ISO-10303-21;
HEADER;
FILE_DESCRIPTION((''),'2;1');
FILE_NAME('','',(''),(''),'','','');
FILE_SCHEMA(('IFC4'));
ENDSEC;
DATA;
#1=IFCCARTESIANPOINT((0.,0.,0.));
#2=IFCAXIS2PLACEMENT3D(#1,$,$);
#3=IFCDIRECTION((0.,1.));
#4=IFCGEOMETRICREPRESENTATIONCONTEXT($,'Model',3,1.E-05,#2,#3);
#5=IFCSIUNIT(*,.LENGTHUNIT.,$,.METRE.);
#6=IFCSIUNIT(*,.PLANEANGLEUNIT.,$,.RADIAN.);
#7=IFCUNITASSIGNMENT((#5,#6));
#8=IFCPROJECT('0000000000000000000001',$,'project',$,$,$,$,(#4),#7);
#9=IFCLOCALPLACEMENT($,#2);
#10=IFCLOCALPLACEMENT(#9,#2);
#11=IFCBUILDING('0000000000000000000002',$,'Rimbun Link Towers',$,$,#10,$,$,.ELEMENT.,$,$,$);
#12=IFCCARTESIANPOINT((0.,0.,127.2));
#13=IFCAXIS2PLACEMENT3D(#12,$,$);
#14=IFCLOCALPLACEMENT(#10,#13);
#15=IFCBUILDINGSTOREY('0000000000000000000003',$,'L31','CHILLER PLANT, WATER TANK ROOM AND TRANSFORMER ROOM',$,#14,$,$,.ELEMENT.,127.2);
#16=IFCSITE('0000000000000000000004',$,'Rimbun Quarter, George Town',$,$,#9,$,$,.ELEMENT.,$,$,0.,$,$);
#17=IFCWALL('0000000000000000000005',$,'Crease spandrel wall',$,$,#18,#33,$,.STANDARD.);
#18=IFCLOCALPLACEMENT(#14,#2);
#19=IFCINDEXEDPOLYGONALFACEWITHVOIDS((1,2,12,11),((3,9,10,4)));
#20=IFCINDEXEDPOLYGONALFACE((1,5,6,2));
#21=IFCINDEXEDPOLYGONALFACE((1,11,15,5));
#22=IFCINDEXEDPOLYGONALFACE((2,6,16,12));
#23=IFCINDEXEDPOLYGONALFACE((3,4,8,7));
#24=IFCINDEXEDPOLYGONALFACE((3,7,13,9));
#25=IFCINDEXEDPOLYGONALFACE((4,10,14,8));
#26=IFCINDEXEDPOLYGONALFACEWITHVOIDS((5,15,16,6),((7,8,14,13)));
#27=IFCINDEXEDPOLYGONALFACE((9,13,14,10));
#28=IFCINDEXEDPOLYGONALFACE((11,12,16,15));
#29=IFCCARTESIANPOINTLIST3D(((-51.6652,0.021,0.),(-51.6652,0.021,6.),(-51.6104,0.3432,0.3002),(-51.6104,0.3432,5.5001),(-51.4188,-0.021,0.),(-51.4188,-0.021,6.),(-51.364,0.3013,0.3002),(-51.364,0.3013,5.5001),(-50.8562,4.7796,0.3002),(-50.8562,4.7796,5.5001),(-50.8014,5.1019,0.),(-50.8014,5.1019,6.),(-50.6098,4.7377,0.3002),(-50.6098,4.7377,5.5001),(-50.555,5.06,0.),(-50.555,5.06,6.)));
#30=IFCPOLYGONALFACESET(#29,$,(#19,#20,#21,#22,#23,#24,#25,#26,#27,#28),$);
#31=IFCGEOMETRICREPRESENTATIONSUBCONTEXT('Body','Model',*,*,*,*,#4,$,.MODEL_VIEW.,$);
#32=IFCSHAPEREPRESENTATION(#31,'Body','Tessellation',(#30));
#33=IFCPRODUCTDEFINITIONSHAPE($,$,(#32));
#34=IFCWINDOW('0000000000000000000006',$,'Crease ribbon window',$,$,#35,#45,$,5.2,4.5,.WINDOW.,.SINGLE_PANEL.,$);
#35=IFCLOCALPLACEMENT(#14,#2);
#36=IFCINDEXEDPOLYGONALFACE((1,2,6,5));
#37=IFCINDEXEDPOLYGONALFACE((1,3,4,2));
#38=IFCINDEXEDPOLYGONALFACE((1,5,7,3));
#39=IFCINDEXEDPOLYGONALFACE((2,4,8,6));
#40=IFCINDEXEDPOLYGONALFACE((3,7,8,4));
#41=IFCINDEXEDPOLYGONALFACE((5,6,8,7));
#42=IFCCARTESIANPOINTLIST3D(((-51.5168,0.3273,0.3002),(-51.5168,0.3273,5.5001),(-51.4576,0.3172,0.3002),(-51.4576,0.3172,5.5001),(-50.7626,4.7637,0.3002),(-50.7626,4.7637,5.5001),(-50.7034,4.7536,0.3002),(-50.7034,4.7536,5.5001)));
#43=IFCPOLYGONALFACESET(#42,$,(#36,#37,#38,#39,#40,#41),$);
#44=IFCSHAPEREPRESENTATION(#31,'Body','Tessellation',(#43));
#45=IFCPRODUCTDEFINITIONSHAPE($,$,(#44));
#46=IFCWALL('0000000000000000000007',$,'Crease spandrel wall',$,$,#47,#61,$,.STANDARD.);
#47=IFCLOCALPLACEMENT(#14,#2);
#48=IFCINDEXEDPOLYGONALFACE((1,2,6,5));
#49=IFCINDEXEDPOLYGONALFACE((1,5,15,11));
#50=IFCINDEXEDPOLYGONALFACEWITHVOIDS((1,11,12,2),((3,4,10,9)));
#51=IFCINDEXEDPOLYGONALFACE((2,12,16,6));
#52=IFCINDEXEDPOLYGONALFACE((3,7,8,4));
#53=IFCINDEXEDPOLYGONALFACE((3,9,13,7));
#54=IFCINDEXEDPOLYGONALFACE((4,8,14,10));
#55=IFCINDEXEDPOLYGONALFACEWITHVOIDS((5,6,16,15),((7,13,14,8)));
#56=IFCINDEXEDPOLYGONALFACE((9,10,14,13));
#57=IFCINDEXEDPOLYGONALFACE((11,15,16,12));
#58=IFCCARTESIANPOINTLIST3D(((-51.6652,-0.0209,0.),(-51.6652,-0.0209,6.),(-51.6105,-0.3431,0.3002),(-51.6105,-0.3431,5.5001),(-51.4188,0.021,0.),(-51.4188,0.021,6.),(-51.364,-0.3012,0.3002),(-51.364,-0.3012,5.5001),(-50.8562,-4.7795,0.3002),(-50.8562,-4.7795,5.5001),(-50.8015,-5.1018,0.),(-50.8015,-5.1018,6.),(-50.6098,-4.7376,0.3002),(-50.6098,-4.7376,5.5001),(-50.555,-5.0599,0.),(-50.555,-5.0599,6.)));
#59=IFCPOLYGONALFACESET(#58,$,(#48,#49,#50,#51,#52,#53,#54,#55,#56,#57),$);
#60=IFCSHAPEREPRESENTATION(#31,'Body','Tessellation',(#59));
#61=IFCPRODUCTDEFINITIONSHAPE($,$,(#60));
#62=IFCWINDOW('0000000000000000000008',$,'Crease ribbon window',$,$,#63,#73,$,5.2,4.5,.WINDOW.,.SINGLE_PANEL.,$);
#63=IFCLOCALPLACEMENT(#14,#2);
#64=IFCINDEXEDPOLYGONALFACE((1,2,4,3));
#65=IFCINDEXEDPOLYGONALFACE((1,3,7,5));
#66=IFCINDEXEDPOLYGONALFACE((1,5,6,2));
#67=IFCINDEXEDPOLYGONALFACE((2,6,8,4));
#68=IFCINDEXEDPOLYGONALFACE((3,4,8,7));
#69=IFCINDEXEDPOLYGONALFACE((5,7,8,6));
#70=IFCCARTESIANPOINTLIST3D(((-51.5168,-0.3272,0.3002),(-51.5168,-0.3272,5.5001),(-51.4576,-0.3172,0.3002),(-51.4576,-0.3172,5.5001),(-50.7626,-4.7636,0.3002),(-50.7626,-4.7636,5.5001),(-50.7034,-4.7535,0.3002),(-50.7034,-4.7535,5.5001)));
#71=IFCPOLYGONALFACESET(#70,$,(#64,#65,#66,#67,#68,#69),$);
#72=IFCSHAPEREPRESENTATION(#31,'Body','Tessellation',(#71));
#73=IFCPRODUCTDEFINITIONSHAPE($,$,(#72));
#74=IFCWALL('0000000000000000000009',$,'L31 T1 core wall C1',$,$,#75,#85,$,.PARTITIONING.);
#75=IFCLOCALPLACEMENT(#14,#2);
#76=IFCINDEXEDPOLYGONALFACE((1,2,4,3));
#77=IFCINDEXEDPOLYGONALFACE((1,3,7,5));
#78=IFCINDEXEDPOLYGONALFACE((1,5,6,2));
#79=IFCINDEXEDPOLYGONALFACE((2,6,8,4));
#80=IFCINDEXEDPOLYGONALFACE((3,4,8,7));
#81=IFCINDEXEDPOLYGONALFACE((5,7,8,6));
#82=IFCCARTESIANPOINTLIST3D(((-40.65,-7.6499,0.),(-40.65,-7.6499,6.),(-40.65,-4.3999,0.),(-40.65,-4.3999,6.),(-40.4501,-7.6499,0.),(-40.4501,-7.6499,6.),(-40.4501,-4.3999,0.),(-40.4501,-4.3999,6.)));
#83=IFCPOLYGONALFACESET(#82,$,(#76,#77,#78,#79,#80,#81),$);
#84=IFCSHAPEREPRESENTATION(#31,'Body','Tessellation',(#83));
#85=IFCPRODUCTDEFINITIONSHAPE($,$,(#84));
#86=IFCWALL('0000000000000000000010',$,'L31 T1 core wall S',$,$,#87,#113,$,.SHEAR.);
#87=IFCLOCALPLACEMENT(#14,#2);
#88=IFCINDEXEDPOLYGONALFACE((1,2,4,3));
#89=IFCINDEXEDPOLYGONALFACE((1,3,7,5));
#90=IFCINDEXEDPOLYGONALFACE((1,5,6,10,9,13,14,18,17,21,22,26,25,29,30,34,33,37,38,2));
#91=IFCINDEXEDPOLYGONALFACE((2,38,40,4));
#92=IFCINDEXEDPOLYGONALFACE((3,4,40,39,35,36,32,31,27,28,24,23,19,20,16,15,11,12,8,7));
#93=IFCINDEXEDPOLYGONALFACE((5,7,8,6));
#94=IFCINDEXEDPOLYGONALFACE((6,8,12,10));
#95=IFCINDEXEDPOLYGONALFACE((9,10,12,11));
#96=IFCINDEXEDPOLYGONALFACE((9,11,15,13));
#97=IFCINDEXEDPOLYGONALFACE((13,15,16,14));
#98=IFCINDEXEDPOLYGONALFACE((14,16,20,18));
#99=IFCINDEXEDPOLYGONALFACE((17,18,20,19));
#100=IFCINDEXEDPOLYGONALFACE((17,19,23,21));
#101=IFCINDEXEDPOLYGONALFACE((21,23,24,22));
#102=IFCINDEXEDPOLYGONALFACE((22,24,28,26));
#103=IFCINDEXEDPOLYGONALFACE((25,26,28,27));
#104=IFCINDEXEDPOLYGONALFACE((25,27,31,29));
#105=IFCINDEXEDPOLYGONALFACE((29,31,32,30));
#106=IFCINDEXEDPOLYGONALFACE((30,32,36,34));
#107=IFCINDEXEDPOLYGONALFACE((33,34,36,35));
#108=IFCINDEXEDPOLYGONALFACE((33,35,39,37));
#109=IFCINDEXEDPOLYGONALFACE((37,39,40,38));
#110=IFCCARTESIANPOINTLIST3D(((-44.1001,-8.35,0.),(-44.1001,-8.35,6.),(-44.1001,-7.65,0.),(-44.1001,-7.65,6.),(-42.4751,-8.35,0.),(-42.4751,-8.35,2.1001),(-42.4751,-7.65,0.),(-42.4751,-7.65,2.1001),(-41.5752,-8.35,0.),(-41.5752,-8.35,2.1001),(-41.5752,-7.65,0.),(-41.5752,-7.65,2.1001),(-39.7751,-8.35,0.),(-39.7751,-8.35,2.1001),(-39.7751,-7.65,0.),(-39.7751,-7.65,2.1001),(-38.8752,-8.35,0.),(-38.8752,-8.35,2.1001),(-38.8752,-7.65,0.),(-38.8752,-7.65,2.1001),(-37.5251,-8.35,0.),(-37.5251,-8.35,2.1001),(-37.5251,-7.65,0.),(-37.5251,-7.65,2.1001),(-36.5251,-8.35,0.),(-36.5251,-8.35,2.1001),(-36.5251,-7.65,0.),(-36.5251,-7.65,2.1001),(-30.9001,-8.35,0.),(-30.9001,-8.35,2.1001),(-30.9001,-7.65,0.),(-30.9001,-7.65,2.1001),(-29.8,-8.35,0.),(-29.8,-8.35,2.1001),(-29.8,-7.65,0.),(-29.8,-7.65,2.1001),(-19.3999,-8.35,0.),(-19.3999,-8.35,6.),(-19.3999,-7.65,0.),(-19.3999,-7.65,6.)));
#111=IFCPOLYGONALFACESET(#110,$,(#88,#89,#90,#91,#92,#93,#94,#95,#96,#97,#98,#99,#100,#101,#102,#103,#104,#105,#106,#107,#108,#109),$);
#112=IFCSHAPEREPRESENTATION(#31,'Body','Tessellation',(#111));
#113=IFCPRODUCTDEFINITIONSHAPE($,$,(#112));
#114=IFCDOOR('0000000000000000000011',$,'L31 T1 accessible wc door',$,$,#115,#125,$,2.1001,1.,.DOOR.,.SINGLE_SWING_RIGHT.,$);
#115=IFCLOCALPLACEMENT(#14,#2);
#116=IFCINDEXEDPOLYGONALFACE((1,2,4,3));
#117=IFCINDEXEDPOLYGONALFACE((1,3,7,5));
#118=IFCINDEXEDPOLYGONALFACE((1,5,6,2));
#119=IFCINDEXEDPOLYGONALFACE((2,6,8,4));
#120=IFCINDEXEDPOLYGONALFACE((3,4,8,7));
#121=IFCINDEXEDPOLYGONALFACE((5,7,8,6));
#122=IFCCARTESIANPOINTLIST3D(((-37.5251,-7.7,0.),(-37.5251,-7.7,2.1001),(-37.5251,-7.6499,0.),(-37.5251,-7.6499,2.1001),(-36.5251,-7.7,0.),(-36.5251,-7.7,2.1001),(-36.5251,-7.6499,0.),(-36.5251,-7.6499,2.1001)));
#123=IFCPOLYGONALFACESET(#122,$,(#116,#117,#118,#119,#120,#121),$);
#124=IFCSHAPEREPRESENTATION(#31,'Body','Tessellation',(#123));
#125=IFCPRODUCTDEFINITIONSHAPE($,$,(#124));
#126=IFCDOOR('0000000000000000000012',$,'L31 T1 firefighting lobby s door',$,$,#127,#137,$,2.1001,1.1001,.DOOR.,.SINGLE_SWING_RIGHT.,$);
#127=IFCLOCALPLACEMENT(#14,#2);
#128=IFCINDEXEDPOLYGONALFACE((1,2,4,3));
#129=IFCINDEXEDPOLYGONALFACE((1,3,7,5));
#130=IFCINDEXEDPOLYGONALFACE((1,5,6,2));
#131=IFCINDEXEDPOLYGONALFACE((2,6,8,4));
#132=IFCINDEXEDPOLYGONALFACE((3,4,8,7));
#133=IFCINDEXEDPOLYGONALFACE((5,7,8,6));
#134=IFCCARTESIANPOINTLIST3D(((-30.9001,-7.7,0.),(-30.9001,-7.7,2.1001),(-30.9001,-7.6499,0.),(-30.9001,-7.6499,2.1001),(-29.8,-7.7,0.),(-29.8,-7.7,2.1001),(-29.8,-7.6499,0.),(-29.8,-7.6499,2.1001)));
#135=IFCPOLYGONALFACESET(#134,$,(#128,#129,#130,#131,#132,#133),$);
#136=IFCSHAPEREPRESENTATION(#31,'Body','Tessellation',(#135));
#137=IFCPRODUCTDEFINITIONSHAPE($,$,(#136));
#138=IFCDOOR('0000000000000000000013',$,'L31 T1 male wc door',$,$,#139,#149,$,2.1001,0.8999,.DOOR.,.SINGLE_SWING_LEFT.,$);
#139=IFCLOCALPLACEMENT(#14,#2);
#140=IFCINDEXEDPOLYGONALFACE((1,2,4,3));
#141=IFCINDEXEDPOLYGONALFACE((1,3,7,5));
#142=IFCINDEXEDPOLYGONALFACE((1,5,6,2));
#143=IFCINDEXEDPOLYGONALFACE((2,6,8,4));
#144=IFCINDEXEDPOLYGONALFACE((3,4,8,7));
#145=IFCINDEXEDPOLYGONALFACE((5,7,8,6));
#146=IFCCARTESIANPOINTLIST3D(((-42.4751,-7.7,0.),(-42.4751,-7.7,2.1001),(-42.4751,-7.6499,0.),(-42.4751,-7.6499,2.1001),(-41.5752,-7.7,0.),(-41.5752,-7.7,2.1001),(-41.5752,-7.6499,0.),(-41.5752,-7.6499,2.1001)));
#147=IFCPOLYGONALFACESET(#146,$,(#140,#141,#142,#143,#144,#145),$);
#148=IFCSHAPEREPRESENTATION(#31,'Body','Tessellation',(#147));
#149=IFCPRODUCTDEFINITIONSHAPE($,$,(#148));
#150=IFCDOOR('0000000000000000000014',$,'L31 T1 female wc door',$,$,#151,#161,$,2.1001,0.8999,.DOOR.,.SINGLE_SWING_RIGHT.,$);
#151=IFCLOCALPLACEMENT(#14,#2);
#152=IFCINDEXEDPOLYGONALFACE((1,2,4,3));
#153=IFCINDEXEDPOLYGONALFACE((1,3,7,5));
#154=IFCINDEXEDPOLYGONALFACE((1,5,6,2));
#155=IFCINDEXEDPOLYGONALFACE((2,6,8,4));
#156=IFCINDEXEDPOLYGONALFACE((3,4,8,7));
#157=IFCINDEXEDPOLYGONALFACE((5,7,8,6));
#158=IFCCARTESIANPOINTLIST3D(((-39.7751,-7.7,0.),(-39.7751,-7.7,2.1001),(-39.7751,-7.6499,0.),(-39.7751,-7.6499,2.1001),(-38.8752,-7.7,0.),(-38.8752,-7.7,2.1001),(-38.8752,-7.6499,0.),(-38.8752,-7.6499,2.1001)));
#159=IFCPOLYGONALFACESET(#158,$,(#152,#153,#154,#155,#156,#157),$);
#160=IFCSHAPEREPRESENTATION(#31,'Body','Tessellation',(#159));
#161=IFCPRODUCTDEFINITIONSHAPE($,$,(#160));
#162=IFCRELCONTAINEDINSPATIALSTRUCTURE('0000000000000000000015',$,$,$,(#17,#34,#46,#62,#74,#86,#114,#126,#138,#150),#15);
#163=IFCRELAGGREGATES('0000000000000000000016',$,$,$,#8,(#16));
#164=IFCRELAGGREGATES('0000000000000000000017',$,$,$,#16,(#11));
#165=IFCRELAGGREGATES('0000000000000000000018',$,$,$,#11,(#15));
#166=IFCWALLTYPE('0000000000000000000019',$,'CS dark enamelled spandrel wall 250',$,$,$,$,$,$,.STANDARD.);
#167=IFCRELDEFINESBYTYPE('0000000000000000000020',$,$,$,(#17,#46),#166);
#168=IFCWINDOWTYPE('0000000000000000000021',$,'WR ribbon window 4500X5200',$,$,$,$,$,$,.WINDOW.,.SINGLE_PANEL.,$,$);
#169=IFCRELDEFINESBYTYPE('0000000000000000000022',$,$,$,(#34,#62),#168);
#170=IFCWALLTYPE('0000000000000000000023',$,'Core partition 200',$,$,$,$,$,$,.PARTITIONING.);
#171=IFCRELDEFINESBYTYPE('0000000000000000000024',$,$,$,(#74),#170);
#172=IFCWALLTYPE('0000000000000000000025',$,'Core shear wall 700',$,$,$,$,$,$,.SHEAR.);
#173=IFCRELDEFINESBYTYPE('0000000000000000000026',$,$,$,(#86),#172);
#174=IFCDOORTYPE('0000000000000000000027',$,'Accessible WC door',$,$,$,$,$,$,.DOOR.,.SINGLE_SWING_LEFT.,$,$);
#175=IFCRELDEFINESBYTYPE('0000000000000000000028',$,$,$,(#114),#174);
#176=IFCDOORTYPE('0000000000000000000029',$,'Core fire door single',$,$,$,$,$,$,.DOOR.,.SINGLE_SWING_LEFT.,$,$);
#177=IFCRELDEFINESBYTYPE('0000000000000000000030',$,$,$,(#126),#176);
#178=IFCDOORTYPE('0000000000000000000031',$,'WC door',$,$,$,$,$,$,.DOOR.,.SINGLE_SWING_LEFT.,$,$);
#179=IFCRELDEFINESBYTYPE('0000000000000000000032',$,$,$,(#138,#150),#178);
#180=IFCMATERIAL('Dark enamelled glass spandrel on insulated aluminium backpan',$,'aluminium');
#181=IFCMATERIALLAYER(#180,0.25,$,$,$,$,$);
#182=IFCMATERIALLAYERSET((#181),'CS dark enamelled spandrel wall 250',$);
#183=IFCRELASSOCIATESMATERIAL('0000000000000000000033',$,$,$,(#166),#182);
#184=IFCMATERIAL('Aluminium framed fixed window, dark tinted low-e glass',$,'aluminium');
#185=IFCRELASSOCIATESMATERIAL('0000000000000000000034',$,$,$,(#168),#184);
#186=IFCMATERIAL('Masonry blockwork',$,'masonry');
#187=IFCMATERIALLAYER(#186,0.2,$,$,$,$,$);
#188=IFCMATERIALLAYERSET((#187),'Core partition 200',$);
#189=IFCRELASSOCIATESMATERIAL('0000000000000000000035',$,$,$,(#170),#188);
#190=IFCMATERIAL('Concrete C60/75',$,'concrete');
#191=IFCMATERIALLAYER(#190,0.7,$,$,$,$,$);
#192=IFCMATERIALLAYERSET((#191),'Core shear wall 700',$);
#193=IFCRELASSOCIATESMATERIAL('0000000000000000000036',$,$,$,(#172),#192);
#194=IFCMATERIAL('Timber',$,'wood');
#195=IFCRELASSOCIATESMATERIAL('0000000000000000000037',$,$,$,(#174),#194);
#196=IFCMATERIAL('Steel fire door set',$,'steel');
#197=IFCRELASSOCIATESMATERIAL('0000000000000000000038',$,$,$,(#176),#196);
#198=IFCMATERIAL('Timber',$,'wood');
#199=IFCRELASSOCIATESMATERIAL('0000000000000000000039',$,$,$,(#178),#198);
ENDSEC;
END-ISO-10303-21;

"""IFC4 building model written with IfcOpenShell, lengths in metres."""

from ifc_helpers import new_model, si_unit, direction, frame, frame_2d, origin, place, context, subcontext, project, spatial, rectangle, extrude, material, layer, layer_set, type_object, element, fill, save


model = new_model("IFC4")

# Units and contexts
model_context = context("Model", 3, precision=1e-05, world=origin(), true_north=direction((0.0, 1.0)))
body_context = subcontext(model_context, "Body", "Model", "MODEL_VIEW")
ifc_project = project(units=[si_unit("LENGTHUNIT", "METRE"), si_unit("PLANEANGLEUNIT", "RADIAN")], contexts=[model_context])

# Site, building, storey
site_placement = place(None, origin())
site = spatial("IfcSite", under=ifc_project, at=site_placement, Name="Rimbun Quarter, George Town", CompositionType="ELEMENT", RefElevation=0.0)
building_placement = place(site_placement, origin())
building = spatial("IfcBuilding", under=site, at=building_placement, Name="Rimbun Link Towers", CompositionType="ELEMENT")
storey_placement = place(building_placement, frame((0.0, 0.0, 127.2)))
storey = spatial("IfcBuildingStorey", under=building, at=storey_placement, Name="L31", Description="CHILLER PLANT, WATER TANK ROOM AND TRANSFORMER ROOM", CompositionType="ELEMENT", Elevation=127.2)

# Walls, openings, windows
ifc_material_1 = material(Name="Dark enamelled glass spandrel on insulated aluminium backpan", Category="aluminium")
ifc_layer_1 = layer(ifc_material_1, 0.25)
ifc_layer_set_1 = layer_set([ifc_layer_1], Name="CS dark enamelled spandrel wall 250")
wall_type_1 = type_object("IfcWallType", Name="CS dark enamelled spandrel wall 250", PredefinedType="STANDARD", material=ifc_layer_set_1)
wall_1_placement = place(storey_placement, frame((-51.542, 0.0, 0.0), z_axis=(0.0, 0.0, 1.0), x_axis=(0.167601, 0.985855, 0.0)))
wall_1 = element("IfcWall", 1, at=wall_1_placement, inside=storey, type_object=wall_type_1, Name="Crease spandrel wall", PredefinedType="STANDARD", context=body_context, shape_type="SweptSolid", body=[
    extrude(rectangle(XDim=5.1538, YDim=0.25, at=frame_2d((2.5769, 0.0))), origin(), (0.0, 0.0, 1.0), 6.0),
])
opening_1_placement = place(wall_1_placement, frame((0.3269, 0.0, 0.3)))
opening_1 = element("IfcOpeningElement", 2, at=opening_1_placement, cuts=wall_1, PredefinedType="OPENING", context=body_context, shape_type="SweptSolid", body=[
    extrude(rectangle(XDim=4.5, YDim=5.2, at=frame_2d((2.25, 2.6001))), frame((0.0, 0.135, 0.0), z_axis=(0.0, -1.0, 0.0), x_axis=(1.0, 0.0, 0.0)), (0.0, 0.0, 1.0), 0.27),
])
ifc_material_2 = material(Name="Aluminium framed fixed window, dark tinted low-e glass", Category="aluminium")
window_type = type_object("IfcWindowType", Name="WR ribbon window 4500X5200", PartitioningType="SINGLE_PANEL", PredefinedType="WINDOW", material=ifc_material_2)
window_1_placement = place(opening_1_placement, origin())
window_1 = element("IfcWindow", 3, at=window_1_placement, inside=storey, type_object=window_type, Name="Crease ribbon window", OverallHeight=5.2, OverallWidth=4.5, PartitioningType="SINGLE_PANEL", PredefinedType="WINDOW", context=body_context, shape_type="SweptSolid", body=[
    extrude(rectangle(XDim=4.5, YDim=5.2, at=frame_2d((2.25, 2.6001))), frame((0.0, 0.03, 0.0), z_axis=(0.0, -1.0, 0.0), x_axis=(1.0, 0.0, 0.0)), (0.0, 0.0, 1.0), 0.0601),
])
fill(opening_1, window_1)
wall_2_placement = place(storey_placement, frame((-50.6782, -5.0808, 0.0), z_axis=(0.0, 0.0, 1.0), x_axis=(-0.167601, 0.985855, 0.0)))
wall_2 = element("IfcWall", 4, at=wall_2_placement, inside=storey, type_object=wall_type_1, Name="Crease spandrel wall", PredefinedType="STANDARD", context=body_context, shape_type="SweptSolid", body=[
    extrude(rectangle(XDim=5.1538, YDim=0.25, at=frame_2d((2.5769, 0.0))), origin(), (0.0, 0.0, 1.0), 6.0),
])
opening_2_placement = place(wall_2_placement, frame((0.3269, 0.0, 0.3)))
opening_2 = element("IfcOpeningElement", 5, at=opening_2_placement, cuts=wall_2, PredefinedType="OPENING", context=body_context, shape_type="SweptSolid", body=[
    extrude(rectangle(XDim=4.5, YDim=5.2, at=frame_2d((2.25, 2.6001))), frame((0.0, 0.135, 0.0), z_axis=(0.0, -1.0, 0.0), x_axis=(1.0, 0.0, 0.0)), (0.0, 0.0, 1.0), 0.27),
])
window_2_placement = place(opening_2_placement, origin())
window_2 = element("IfcWindow", 6, at=window_2_placement, inside=storey, type_object=window_type, Name="Crease ribbon window", OverallHeight=5.2, OverallWidth=4.5, PartitioningType="SINGLE_PANEL", PredefinedType="WINDOW", context=body_context, shape_type="SweptSolid", body=[
    extrude(rectangle(XDim=4.5, YDim=5.2, at=frame_2d((2.25, 2.6001))), frame((0.0, 0.03, 0.0), z_axis=(0.0, -1.0, 0.0), x_axis=(1.0, 0.0, 0.0)), (0.0, 0.0, 1.0), 0.0601),
])
fill(opening_2, window_2)

# Wall
ifc_material_3 = material(Name="Masonry blockwork", Category="masonry")
ifc_layer_2 = layer(ifc_material_3, 0.2)
ifc_layer_set_2 = layer_set([ifc_layer_2], Name="Core partition 200")
wall_type_2 = type_object("IfcWallType", Name="Core partition 200", PredefinedType="PARTITIONING", material=ifc_layer_set_2)
wall_3_placement = place(storey_placement, frame((-40.55, -4.3999, 0.0), z_axis=(0.0, 0.0, 1.0), x_axis=(0.0, -1.0, 0.0)))
element("IfcWall", 7, at=wall_3_placement, inside=storey, type_object=wall_type_2, Name="L31 T1 core wall C1", PredefinedType="PARTITIONING", context=body_context, shape_type="SweptSolid", body=[
    extrude(rectangle(XDim=3.25, YDim=0.2, at=frame_2d((1.625, 0.0))), origin(), (0.0, 0.0, 1.0), 6.0),
])

# Wall, openings, doors
ifc_material_4 = material(Name="Concrete C60/75", Category="concrete")
ifc_layer_3 = layer(ifc_material_4, 0.7)
ifc_layer_set_3 = layer_set([ifc_layer_3], Name="Core shear wall 700")
wall_type_3 = type_object("IfcWallType", Name="Core shear wall 700", PredefinedType="SHEAR", material=ifc_layer_set_3)
wall_4_placement = place(storey_placement, frame((-44.1001, -8.0, 0.0), z_axis=(0.0, 0.0, 1.0), x_axis=(1.0, 0.0, 0.0)))
wall_4 = element("IfcWall", 8, at=wall_4_placement, inside=storey, type_object=wall_type_3, Name="L31 T1 core wall S", PredefinedType="SHEAR", context=body_context, shape_type="SweptSolid", body=[
    extrude(rectangle(XDim=24.7002, YDim=0.7, at=frame_2d((12.3501, 0.0))), origin(), (0.0, 0.0, 1.0), 6.0),
])
opening_3_placement = place(wall_4_placement, frame((13.2, 0.0, 0.0)))
opening_3 = element("IfcOpeningElement", 9, at=opening_3_placement, cuts=wall_4, PredefinedType="OPENING", context=body_context, shape_type="SweptSolid", body=[
    extrude(rectangle(XDim=1.1001, YDim=2.1001, at=frame_2d((0.55, 1.05))), frame((0.0, 0.3599, 0.0), z_axis=(0.0, -1.0, 0.0), x_axis=(1.0, 0.0, 0.0)), (0.0, 0.0, 1.0), 0.72),
])
opening_4_placement = place(wall_4_placement, frame((1.625, 0.0, 0.0)))
opening_4 = element("IfcOpeningElement", 10, at=opening_4_placement, cuts=wall_4, PredefinedType="OPENING", context=body_context, shape_type="SweptSolid", body=[
    extrude(rectangle(XDim=0.8999, YDim=2.1001, at=frame_2d((0.45, 1.05))), frame((0.0, 0.3599, 0.0), z_axis=(0.0, -1.0, 0.0), x_axis=(1.0, 0.0, 0.0)), (0.0, 0.0, 1.0), 0.72),
])
opening_5_placement = place(wall_4_placement, frame((4.325, 0.0, 0.0)))
opening_5 = element("IfcOpeningElement", 11, at=opening_5_placement, cuts=wall_4, PredefinedType="OPENING", context=body_context, shape_type="SweptSolid", body=[
    extrude(rectangle(XDim=0.8999, YDim=2.1001, at=frame_2d((0.45, 1.05))), frame((0.0, 0.3599, 0.0), z_axis=(0.0, -1.0, 0.0), x_axis=(1.0, 0.0, 0.0)), (0.0, 0.0, 1.0), 0.72),
])
opening_6_placement = place(wall_4_placement, frame((6.575, 0.0, 0.0)))
opening_6 = element("IfcOpeningElement", 12, at=opening_6_placement, cuts=wall_4, PredefinedType="OPENING", context=body_context, shape_type="SweptSolid", body=[
    extrude(rectangle(XDim=1.0, YDim=2.1001, at=frame_2d((0.5, 1.05))), frame((0.0, 0.3599, 0.0), z_axis=(0.0, -1.0, 0.0), x_axis=(1.0, 0.0, 0.0)), (0.0, 0.0, 1.0), 0.72),
])
ifc_material_5 = material(Name="Timber", Category="wood")
door_type_1 = type_object("IfcDoorType", Name="Accessible WC door", OperationType="SINGLE_SWING_LEFT", PredefinedType="DOOR", material=ifc_material_5)
door_1_placement = place(opening_6_placement, origin())
door_1 = element("IfcDoor", 13, at=door_1_placement, inside=storey, type_object=door_type_1, Name="L31 T1 accessible wc door", OperationType="SINGLE_SWING_RIGHT", OverallHeight=2.1001, OverallWidth=1.0, PredefinedType="DOOR", context=body_context, shape_type="SweptSolid", body=[
    extrude(rectangle(XDim=1.0, YDim=2.1001, at=frame_2d((0.5, 1.05))), frame((0.0, 0.3501, 0.0), z_axis=(0.0, -1.0, 0.0), x_axis=(1.0, 0.0, 0.0)), (0.0, 0.0, 1.0), 0.05),
])
fill(opening_6, door_1)
ifc_material_6 = material(Name="Steel fire door set", Category="steel")
door_type_2 = type_object("IfcDoorType", Name="Core fire door single", OperationType="SINGLE_SWING_LEFT", PredefinedType="DOOR", material=ifc_material_6)
door_2_placement = place(opening_3_placement, origin())
door_2 = element("IfcDoor", 14, at=door_2_placement, inside=storey, type_object=door_type_2, Name="L31 T1 firefighting lobby s door", OperationType="SINGLE_SWING_RIGHT", OverallHeight=2.1001, OverallWidth=1.1001, PredefinedType="DOOR", context=body_context, shape_type="SweptSolid", body=[
    extrude(rectangle(XDim=1.1001, YDim=2.1001, at=frame_2d((0.55, 1.05))), frame((0.0, 0.3501, 0.0), z_axis=(0.0, -1.0, 0.0), x_axis=(1.0, 0.0, 0.0)), (0.0, 0.0, 1.0), 0.05),
])
fill(opening_3, door_2)
ifc_material_7 = material(Name="Timber", Category="wood")
door_type_3 = type_object("IfcDoorType", Name="WC door", OperationType="SINGLE_SWING_LEFT", PredefinedType="DOOR", material=ifc_material_7)
door_3_placement = place(opening_4_placement, origin())
door_3 = element("IfcDoor", 15, at=door_3_placement, inside=storey, type_object=door_type_3, Name="L31 T1 male wc door", OperationType="SINGLE_SWING_LEFT", OverallHeight=2.1001, OverallWidth=0.8999, PredefinedType="DOOR", context=body_context, shape_type="SweptSolid", body=[
    extrude(rectangle(XDim=0.8999, YDim=2.1001, at=frame_2d((0.45, 1.05))), frame((0.0, 0.3501, 0.0), z_axis=(0.0, -1.0, 0.0), x_axis=(1.0, 0.0, 0.0)), (0.0, 0.0, 1.0), 0.05),
])
fill(opening_4, door_3)
door_4_placement = place(opening_5_placement, origin())
door_4 = element("IfcDoor", 16, at=door_4_placement, inside=storey, type_object=door_type_3, Name="L31 T1 female wc door", OperationType="SINGLE_SWING_RIGHT", OverallHeight=2.1001, OverallWidth=0.8999, PredefinedType="DOOR", context=body_context, shape_type="SweptSolid", body=[
    extrude(rectangle(XDim=0.8999, YDim=2.1001, at=frame_2d((0.45, 1.05))), frame((0.0, 0.3501, 0.0), z_axis=(0.0, -1.0, 0.0), x_axis=(1.0, 0.0, 0.0)), (0.0, 0.0, 1.0), 0.05),
])
fill(opening_5, door_4)

save(model, "model.ifc")
